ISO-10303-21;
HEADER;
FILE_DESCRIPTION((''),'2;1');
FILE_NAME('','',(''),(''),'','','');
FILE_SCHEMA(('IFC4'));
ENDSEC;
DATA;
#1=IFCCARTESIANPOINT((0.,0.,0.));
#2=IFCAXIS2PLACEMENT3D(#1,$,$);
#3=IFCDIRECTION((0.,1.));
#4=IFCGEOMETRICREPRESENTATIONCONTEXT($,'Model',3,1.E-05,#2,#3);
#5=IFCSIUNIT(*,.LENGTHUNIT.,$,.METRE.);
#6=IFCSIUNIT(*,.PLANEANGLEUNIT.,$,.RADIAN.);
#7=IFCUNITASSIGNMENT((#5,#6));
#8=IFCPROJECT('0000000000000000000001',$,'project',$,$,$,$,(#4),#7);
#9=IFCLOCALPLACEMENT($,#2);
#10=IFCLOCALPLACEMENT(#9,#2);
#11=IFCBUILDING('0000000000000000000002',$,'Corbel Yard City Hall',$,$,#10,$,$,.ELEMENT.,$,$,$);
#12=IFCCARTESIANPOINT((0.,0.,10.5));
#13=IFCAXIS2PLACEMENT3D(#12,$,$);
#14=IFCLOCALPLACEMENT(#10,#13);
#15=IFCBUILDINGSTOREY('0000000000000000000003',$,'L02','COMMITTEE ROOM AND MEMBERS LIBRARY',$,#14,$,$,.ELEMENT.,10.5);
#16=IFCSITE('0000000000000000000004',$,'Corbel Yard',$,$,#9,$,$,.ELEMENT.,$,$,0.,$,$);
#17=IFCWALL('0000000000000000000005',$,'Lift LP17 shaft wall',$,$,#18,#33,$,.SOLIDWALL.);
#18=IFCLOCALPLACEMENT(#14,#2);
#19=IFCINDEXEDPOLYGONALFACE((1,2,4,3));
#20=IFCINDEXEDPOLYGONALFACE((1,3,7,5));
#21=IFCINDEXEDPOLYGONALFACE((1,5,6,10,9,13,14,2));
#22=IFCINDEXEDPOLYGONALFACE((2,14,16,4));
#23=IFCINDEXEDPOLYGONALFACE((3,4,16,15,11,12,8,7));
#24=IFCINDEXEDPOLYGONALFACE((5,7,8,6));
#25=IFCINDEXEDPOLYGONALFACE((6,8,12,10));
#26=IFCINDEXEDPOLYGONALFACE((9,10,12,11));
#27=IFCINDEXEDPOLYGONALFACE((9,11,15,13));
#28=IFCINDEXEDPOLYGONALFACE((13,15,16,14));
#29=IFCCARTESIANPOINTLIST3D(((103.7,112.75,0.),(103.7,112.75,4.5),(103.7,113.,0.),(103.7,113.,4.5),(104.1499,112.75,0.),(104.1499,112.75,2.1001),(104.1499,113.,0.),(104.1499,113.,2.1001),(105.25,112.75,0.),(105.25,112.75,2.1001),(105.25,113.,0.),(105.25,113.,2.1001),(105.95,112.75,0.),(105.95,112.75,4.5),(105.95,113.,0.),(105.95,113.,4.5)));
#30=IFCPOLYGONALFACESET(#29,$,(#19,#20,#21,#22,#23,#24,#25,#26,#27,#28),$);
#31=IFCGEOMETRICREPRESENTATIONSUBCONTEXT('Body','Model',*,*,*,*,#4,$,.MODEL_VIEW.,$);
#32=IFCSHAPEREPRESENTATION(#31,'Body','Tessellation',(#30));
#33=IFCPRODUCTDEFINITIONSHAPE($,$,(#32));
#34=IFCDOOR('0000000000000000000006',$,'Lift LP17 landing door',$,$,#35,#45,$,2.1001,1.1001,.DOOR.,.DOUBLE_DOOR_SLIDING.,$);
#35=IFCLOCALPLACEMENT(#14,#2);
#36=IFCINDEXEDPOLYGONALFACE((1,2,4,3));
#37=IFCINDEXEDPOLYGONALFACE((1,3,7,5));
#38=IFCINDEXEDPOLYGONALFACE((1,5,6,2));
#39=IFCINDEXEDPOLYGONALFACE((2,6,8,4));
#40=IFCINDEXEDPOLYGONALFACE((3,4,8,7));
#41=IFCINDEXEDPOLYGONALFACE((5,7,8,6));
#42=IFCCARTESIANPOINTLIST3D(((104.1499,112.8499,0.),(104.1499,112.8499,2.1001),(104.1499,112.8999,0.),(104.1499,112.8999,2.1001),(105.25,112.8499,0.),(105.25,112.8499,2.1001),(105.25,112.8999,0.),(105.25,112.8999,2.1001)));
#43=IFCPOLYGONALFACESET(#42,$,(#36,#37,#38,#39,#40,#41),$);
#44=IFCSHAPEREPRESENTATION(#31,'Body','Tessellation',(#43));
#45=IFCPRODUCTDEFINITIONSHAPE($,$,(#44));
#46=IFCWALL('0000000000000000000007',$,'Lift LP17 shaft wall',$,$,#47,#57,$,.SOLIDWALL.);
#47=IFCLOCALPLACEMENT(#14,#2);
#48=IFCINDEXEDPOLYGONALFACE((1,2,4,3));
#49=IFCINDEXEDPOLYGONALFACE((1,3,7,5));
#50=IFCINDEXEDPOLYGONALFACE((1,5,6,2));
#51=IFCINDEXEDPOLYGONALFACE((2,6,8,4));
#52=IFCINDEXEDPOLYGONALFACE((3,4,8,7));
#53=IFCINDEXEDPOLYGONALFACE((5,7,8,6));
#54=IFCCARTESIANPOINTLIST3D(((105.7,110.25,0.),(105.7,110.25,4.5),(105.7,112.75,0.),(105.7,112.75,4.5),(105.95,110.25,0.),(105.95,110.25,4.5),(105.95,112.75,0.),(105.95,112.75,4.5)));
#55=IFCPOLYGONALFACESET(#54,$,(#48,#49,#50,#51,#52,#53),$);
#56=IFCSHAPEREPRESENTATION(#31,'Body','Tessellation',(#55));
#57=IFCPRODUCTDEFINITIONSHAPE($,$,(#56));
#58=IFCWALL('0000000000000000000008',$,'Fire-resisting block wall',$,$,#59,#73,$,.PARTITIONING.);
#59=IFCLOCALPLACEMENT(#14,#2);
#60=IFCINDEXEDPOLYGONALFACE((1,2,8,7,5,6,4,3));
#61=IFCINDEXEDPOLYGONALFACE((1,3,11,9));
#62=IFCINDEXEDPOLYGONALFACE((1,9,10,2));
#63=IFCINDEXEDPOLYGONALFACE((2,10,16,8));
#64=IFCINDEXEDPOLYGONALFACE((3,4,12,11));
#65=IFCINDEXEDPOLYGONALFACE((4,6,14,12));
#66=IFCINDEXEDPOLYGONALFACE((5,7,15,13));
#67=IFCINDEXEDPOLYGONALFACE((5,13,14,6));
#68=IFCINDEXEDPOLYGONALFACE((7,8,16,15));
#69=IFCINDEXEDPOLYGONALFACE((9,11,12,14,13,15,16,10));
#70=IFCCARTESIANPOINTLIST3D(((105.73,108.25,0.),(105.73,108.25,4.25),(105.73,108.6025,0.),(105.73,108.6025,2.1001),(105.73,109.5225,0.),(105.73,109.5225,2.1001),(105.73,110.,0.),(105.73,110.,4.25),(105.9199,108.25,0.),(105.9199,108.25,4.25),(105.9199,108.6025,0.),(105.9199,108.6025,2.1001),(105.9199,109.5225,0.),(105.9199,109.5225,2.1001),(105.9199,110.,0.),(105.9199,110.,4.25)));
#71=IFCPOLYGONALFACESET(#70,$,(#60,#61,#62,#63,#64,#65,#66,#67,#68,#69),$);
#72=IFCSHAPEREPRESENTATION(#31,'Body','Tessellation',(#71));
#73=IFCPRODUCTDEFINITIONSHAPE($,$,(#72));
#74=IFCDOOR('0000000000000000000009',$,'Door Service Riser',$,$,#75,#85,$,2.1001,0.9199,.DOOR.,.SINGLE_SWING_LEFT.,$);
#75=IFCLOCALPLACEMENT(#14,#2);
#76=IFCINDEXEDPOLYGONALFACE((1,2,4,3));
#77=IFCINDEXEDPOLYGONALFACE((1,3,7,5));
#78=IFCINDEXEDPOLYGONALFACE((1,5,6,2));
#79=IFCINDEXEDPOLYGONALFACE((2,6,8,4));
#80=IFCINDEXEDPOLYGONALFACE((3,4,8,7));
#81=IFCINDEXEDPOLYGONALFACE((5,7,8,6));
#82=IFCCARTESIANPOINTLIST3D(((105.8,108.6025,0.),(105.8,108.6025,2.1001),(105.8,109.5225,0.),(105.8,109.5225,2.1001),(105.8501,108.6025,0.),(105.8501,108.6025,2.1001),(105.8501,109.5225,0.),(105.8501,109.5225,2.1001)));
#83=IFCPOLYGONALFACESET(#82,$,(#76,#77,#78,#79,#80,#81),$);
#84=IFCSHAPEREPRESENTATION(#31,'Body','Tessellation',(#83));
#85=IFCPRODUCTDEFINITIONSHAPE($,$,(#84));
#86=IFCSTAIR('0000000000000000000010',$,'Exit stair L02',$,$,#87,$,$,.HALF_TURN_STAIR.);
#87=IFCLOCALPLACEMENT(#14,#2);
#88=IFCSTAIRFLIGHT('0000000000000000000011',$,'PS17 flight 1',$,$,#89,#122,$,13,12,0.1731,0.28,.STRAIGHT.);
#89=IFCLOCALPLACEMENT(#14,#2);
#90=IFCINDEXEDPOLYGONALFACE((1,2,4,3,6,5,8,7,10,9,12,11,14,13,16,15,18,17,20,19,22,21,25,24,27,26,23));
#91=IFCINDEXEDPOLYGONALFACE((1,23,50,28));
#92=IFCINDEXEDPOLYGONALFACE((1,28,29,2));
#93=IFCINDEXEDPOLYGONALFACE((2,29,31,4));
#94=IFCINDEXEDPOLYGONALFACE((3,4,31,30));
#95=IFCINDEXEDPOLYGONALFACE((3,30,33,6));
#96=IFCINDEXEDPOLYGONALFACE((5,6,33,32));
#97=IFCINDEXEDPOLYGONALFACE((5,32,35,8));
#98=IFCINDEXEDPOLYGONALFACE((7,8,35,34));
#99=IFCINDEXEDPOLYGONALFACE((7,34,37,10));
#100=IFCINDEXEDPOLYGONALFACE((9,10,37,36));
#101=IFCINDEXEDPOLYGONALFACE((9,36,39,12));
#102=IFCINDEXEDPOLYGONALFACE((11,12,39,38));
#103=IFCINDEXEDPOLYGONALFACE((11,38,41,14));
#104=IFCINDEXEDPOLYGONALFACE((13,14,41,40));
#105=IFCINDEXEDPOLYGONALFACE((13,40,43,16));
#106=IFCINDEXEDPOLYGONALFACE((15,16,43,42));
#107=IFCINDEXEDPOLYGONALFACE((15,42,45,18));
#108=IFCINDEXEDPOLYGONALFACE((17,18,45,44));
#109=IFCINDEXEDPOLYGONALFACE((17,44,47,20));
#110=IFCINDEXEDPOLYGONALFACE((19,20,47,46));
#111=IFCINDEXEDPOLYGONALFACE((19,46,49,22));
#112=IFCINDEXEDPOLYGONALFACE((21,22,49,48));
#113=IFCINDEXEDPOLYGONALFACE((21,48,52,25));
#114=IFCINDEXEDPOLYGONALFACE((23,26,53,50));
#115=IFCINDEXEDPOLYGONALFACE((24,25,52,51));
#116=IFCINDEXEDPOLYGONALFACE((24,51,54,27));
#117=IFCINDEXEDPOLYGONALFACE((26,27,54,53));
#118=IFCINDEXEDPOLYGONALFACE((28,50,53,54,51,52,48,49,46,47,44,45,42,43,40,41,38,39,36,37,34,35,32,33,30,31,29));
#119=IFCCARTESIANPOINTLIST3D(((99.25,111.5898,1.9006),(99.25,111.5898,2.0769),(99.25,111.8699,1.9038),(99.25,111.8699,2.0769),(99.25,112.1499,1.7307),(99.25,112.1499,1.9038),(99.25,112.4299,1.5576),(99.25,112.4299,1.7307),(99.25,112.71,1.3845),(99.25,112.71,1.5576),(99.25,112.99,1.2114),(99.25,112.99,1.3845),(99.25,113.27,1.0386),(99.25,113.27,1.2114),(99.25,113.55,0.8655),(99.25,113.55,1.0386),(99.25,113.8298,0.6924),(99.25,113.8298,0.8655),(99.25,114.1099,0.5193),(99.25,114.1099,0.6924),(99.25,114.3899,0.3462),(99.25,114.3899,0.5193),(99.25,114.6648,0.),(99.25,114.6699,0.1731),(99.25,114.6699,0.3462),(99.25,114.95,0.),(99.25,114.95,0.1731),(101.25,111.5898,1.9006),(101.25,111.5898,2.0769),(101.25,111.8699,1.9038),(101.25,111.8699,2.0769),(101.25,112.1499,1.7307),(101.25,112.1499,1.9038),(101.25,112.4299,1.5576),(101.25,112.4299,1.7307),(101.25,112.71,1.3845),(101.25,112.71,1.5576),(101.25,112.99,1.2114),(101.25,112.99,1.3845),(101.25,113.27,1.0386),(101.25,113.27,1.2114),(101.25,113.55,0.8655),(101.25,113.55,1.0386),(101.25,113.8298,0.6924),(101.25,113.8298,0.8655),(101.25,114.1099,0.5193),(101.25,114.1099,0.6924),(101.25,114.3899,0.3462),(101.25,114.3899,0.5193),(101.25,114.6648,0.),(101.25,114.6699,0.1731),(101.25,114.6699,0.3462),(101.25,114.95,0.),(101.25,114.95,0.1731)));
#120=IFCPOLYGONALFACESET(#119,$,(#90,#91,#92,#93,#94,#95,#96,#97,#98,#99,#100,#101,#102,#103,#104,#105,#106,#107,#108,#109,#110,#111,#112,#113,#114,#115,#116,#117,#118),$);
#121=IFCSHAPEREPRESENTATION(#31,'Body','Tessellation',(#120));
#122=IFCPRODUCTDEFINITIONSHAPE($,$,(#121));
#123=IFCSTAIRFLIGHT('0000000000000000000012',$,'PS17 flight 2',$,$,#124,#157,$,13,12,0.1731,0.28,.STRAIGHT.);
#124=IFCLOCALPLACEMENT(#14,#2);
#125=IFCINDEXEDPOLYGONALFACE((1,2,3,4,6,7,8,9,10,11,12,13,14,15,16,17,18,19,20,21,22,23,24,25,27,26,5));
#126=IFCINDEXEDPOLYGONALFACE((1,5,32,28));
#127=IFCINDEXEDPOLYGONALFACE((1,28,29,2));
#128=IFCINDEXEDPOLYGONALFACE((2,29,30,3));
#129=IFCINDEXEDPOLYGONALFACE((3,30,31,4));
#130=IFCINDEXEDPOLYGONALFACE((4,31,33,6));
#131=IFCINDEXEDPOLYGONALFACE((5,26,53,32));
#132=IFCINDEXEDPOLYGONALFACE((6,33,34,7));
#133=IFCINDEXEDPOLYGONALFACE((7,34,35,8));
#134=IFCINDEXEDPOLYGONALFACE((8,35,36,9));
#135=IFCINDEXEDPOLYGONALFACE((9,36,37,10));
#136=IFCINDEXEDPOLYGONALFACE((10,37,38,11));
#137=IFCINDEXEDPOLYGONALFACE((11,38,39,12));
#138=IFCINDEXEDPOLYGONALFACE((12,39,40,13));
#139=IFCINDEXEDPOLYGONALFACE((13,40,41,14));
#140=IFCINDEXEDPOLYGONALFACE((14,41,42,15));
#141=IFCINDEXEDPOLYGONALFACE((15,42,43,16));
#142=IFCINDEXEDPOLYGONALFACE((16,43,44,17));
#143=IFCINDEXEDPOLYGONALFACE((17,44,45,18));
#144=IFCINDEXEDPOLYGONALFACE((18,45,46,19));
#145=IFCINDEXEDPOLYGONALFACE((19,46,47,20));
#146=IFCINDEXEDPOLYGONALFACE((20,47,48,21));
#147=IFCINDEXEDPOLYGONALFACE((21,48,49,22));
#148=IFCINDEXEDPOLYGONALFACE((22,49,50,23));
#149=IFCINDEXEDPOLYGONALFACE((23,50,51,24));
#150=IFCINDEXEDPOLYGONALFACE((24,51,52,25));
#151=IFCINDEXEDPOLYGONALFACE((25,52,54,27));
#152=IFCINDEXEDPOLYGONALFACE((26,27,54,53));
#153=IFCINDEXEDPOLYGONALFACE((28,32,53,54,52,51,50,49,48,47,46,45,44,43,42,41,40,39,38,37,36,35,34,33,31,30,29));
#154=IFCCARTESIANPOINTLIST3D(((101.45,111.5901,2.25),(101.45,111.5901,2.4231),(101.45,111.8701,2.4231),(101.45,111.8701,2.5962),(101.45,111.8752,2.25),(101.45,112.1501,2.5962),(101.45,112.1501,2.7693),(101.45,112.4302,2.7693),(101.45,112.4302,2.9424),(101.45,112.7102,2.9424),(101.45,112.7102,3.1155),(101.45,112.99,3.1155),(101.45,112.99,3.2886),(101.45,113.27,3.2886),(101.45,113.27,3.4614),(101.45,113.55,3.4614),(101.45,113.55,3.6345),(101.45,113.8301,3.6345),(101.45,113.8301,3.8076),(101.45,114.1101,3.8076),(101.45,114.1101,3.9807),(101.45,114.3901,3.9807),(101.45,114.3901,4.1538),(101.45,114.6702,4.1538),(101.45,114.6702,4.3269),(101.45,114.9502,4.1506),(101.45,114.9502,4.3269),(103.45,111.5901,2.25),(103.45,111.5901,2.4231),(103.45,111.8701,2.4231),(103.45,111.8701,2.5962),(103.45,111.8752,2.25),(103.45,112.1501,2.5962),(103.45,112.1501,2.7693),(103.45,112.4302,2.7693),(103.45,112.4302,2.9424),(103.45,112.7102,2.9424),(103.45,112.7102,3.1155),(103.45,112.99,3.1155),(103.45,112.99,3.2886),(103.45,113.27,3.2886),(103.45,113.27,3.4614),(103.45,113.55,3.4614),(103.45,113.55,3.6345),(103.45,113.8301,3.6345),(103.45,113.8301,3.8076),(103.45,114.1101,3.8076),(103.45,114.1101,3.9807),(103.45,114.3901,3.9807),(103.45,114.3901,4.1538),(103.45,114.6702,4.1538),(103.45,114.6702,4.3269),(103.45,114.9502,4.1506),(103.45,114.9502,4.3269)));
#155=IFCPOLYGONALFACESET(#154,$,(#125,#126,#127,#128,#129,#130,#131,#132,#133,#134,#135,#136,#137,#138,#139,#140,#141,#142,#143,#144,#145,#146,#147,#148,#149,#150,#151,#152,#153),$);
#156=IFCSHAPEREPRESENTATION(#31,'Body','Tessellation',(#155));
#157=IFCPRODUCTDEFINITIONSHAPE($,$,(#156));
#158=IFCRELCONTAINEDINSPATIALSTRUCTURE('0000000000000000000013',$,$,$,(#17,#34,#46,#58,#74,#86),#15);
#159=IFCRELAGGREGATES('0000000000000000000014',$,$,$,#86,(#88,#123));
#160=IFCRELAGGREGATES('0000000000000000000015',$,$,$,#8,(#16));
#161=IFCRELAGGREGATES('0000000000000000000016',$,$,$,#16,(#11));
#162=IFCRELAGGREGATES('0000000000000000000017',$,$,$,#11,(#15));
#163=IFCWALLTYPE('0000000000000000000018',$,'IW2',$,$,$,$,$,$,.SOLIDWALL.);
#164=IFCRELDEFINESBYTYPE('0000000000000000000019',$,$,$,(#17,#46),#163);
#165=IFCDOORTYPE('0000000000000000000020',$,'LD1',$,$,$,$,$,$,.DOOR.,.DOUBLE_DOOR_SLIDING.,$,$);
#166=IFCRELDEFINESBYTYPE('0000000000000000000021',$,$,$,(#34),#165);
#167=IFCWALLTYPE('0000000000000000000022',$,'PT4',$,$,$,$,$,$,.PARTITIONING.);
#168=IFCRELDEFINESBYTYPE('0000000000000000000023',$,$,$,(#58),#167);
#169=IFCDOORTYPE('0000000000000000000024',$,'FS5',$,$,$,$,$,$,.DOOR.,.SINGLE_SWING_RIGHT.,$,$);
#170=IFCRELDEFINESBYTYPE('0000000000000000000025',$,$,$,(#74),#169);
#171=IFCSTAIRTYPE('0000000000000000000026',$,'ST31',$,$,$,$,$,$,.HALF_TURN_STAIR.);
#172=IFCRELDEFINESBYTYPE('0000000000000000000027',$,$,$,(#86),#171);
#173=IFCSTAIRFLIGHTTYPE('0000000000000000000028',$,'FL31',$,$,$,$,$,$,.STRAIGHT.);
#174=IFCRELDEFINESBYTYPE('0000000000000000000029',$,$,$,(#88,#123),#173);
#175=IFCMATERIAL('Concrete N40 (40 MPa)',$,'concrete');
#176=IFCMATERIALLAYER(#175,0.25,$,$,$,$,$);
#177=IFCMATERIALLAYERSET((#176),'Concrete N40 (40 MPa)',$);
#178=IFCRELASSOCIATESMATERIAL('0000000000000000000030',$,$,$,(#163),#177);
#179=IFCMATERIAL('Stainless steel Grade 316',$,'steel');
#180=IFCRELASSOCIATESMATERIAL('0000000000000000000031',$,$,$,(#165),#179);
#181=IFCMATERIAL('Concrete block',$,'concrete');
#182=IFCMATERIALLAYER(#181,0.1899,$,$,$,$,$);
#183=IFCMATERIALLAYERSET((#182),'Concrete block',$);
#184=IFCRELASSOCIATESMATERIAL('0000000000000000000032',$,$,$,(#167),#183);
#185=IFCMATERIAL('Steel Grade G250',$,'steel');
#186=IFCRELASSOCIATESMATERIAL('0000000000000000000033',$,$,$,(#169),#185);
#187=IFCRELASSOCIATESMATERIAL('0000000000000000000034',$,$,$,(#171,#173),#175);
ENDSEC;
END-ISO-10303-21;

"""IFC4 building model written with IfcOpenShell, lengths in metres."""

from ifc_helpers import new_model, si_unit, direction, frame, frame_2d, origin, place, context, subcontext, project, spatial, polyline, rectangle, outline, extrude, material, layer, layer_set, type_object, element, fill, aggregate, save


model = new_model("IFC4")

# Units and contexts
model_context = context("Model", 3, precision=1e-05, world=origin(), true_north=direction((0.0, 1.0)))
body_context = subcontext(model_context, "Body", "Model", "MODEL_VIEW")
ifc_project = project(units=[si_unit("LENGTHUNIT", "METRE"), si_unit("PLANEANGLEUNIT", "RADIAN")], contexts=[model_context])

# Site, building, storey
site_placement = place(None, origin())
site = spatial("IfcSite", under=ifc_project, at=site_placement, Name="Corbel Yard", CompositionType="ELEMENT", RefElevation=0.0)
building_placement = place(site_placement, origin())
building = spatial("IfcBuilding", under=site, at=building_placement, Name="Corbel Yard City Hall", CompositionType="ELEMENT")
storey_placement = place(building_placement, frame((0.0, 0.0, 10.5)))
storey = spatial("IfcBuildingStorey", under=building, at=storey_placement, Name="L02", Description="COMMITTEE ROOM AND MEMBERS LIBRARY", CompositionType="ELEMENT", Elevation=10.5)

# Shared definitions
ifc_material_1 = material(Name="Steel Grade G250", Category="steel")

# Shared definitions
ifc_material_2 = material(Name="Concrete N40 (40 MPa)", Category="concrete")
ifc_layer_1 = layer(ifc_material_2, 0.25)
ifc_layer_set_1 = layer_set([ifc_layer_1], Name="Concrete N40 (40 MPa)")
wall_type_1 = type_object("IfcWallType", Name="IW2", PredefinedType="SOLIDWALL", material=ifc_layer_set_1)

# Wall, opening, door
wall_1_placement = place(storey_placement, frame((103.7, 112.875, 0.0), z_axis=(0.0, 0.0, 1.0), x_axis=(1.0, 0.0, 0.0)))
wall_1 = element("IfcWall", 1, at=wall_1_placement, inside=storey, type_object=wall_type_1, Name="Lift LP17 shaft wall", PredefinedType="SOLIDWALL", context=body_context, shape_type="SweptSolid", body=[
    extrude(rectangle(XDim=2.25, YDim=0.25, at=frame_2d((1.125, 0.0))), origin(), (0.0, 0.0, 1.0), 4.5),
])
opening_1_placement = place(wall_1_placement, frame((0.45, 0.0, 0.0)))
opening_1 = element("IfcOpeningElement", 2, at=opening_1_placement, cuts=wall_1, PredefinedType="OPENING", context=body_context, shape_type="SweptSolid", body=[
    extrude(rectangle(XDim=1.1001, YDim=2.1001, at=frame_2d((0.55, 1.05))), frame((0.0, 0.135, 0.0), z_axis=(0.0, -1.0, 0.0), x_axis=(1.0, 0.0, 0.0)), (0.0, 0.0, 1.0), 0.27),
])
ifc_material_3 = material(Name="Stainless steel Grade 316", Category="steel")
door_type_1 = type_object("IfcDoorType", Name="LD1", OperationType="DOUBLE_DOOR_SLIDING", PredefinedType="DOOR", material=ifc_material_3)
door_1_placement = place(opening_1_placement, origin())
door_1 = element("IfcDoor", 3, at=door_1_placement, inside=storey, type_object=door_type_1, Name="Lift LP17 landing door", OperationType="DOUBLE_DOOR_SLIDING", OverallHeight=2.1001, OverallWidth=1.1001, PredefinedType="DOOR", context=body_context, shape_type="SweptSolid", body=[
    extrude(rectangle(XDim=1.1001, YDim=2.1001, at=frame_2d((0.55, 1.05))), frame((0.0, 0.0249, 0.0), z_axis=(0.0, -1.0, 0.0), x_axis=(1.0, 0.0, 0.0)), (0.0, 0.0, 1.0), 0.05),
])
fill(opening_1, door_1)

# Wall
wall_2_placement = place(storey_placement, frame((105.825, 110.25, 0.0), z_axis=(0.0, 0.0, 1.0), x_axis=(0.0, 1.0, 0.0)))
element("IfcWall", 4, at=wall_2_placement, inside=storey, type_object=wall_type_1, Name="Lift LP17 shaft wall", PredefinedType="SOLIDWALL", context=body_context, shape_type="SweptSolid", body=[
    extrude(rectangle(XDim=2.5, YDim=0.25, at=frame_2d((1.25, 0.0))), origin(), (0.0, 0.0, 1.0), 4.5),
])

# Wall, opening, door
ifc_material_4 = material(Name="Concrete block", Category="concrete")
ifc_layer_2 = layer(ifc_material_4, 0.1899)
ifc_layer_set_2 = layer_set([ifc_layer_2], Name="Concrete block")
wall_type_2 = type_object("IfcWallType", Name="PT4", PredefinedType="PARTITIONING", material=ifc_layer_set_2)
wall_3_placement = place(storey_placement, frame((105.825, 108.25, 0.0), z_axis=(0.0, 0.0, 1.0), x_axis=(0.0, 1.0, 0.0)))
wall_3 = element("IfcWall", 5, at=wall_3_placement, inside=storey, type_object=wall_type_2, Name="Fire-resisting block wall", PredefinedType="PARTITIONING", context=body_context, shape_type="SweptSolid", body=[
    extrude(rectangle(XDim=1.75, YDim=0.1899, at=frame_2d((0.875, 0.0))), origin(), (0.0, 0.0, 1.0), 4.25),
])
opening_2_placement = place(wall_3_placement, frame((0.3525, 0.0, 0.0)))
opening_2 = element("IfcOpeningElement", 6, at=opening_2_placement, cuts=wall_3, PredefinedType="OPENING", context=body_context, shape_type="SweptSolid", body=[
    extrude(rectangle(XDim=0.9199, YDim=2.1001, at=frame_2d((0.46, 1.05))), frame((0.0, 0.105, 0.0), z_axis=(0.0, -1.0, 0.0), x_axis=(1.0, 0.0, 0.0)), (0.0, 0.0, 1.0), 0.21),
])
door_type_2 = type_object("IfcDoorType", Name="FS5", OperationType="SINGLE_SWING_RIGHT", PredefinedType="DOOR", material=ifc_material_1)
door_2_placement = place(opening_2_placement, origin())
door_2 = element("IfcDoor", 7, at=door_2_placement, inside=storey, type_object=door_type_2, Name="Door Service Riser", OperationType="SINGLE_SWING_LEFT", OverallHeight=2.1001, OverallWidth=0.9199, PredefinedType="DOOR", context=body_context, shape_type="SweptSolid", body=[
    extrude(rectangle(XDim=0.9199, YDim=2.1001, at=frame_2d((0.46, 1.05))), frame((0.0, 0.0249, 0.0), z_axis=(0.0, -1.0, 0.0), x_axis=(1.0, 0.0, 0.0)), (0.0, 0.0, 1.0), 0.05),
])
fill(opening_2, door_2)

# Stair, stair flights
stair_type = type_object("IfcStairType", Name="ST31", PredefinedType="HALF_TURN_STAIR", material=ifc_material_2)
stair_placement = place(storey_placement, origin())
stair = element("IfcStair", 8, at=stair_placement, inside=storey, type_object=stair_type, Name="Exit stair L02", PredefinedType="HALF_TURN_STAIR")
stair_flight_type = type_object("IfcStairFlightType", Name="FL31", PredefinedType="STRAIGHT", material=ifc_material_2)
stair_flight_1_placement = place(storey_placement, frame((100.25, 114.95, 0.0), z_axis=(0.0, 0.0, 1.0), x_axis=(0.0, -1.0, 0.0)))
stair_flight_1 = element("IfcStairFlight", 9, at=stair_flight_1_placement, type_object=stair_flight_type, Name="PS17 flight 1", NumberOfRisers=13, NumberOfTreads=12, PredefinedType="STRAIGHT", RiserHeight=0.1731, TreadLength=0.28, context=body_context, shape_type="SweptSolid", body=[
    extrude(outline(polyline([(0.0, 0.0), (0.0, 0.1731), (0.28, 0.1731), (0.28, 0.3462), (0.5601, 0.3462), (0.5601, 0.5193), (0.8401, 0.5193), (0.8401, 0.6924), (1.1201, 0.6924), (1.1201, 0.8655), (1.3999, 0.8655), (1.3999, 1.0386), (1.6799, 1.0386), (1.6799, 1.2114), (1.96, 1.2114), (1.96, 1.3845), (2.24, 1.3845), (2.24, 1.5576), (2.52, 1.5576), (2.52, 1.7307), (2.8, 1.7307), (2.8, 1.9038), (3.0801, 1.9038), (3.0801, 2.0769), (3.3601, 2.0769), (3.3601, 2.25), (3.3601, 1.9006), (0.2852, 0.0), (0.0, 0.0)])), frame((0.0, 1.0, 0.0), z_axis=(0.0, -1.0, 0.0), x_axis=(1.0, 0.0, 0.0)), (0.0, 0.0, 1.0), 2.0),
])
stair_flight_2_placement = place(storey_placement, frame((102.45, 111.5901, 2.25), z_axis=(0.0, 0.0, 1.0), x_axis=(0.0, 1.0, 0.0)))
stair_flight_2 = element("IfcStairFlight", 10, at=stair_flight_2_placement, type_object=stair_flight_type, Name="PS17 flight 2", NumberOfRisers=13, NumberOfTreads=12, PredefinedType="STRAIGHT", RiserHeight=0.1731, TreadLength=0.28, context=body_context, shape_type="SweptSolid", body=[
    extrude(outline(polyline([(0.0, 0.0), (0.0, 0.1731), (0.28, 0.1731), (0.28, 0.3462), (0.5601, 0.3462), (0.5601, 0.5193), (0.8401, 0.5193), (0.8401, 0.6924), (1.1201, 0.6924), (1.1201, 0.8655), (1.3999, 0.8655), (1.3999, 1.0386), (1.6799, 1.0386), (1.6799, 1.2114), (1.96, 1.2114), (1.96, 1.3845), (2.24, 1.3845), (2.24, 1.5576), (2.52, 1.5576), (2.52, 1.7307), (2.8, 1.7307), (2.8, 1.9038), (3.0801, 1.9038), (3.0801, 2.0769), (3.3601, 2.0769), (3.3601, 2.25), (3.3601, 1.9006), (0.2852, 0.0), (0.0, 0.0)])), frame((0.0, 1.0, 0.0), z_axis=(0.0, -1.0, 0.0), x_axis=(1.0, 0.0, 0.0)), (0.0, 0.0, 1.0), 2.0),
])
aggregate(stair, [stair_flight_1, stair_flight_2])

save(model, "model.ifc")
